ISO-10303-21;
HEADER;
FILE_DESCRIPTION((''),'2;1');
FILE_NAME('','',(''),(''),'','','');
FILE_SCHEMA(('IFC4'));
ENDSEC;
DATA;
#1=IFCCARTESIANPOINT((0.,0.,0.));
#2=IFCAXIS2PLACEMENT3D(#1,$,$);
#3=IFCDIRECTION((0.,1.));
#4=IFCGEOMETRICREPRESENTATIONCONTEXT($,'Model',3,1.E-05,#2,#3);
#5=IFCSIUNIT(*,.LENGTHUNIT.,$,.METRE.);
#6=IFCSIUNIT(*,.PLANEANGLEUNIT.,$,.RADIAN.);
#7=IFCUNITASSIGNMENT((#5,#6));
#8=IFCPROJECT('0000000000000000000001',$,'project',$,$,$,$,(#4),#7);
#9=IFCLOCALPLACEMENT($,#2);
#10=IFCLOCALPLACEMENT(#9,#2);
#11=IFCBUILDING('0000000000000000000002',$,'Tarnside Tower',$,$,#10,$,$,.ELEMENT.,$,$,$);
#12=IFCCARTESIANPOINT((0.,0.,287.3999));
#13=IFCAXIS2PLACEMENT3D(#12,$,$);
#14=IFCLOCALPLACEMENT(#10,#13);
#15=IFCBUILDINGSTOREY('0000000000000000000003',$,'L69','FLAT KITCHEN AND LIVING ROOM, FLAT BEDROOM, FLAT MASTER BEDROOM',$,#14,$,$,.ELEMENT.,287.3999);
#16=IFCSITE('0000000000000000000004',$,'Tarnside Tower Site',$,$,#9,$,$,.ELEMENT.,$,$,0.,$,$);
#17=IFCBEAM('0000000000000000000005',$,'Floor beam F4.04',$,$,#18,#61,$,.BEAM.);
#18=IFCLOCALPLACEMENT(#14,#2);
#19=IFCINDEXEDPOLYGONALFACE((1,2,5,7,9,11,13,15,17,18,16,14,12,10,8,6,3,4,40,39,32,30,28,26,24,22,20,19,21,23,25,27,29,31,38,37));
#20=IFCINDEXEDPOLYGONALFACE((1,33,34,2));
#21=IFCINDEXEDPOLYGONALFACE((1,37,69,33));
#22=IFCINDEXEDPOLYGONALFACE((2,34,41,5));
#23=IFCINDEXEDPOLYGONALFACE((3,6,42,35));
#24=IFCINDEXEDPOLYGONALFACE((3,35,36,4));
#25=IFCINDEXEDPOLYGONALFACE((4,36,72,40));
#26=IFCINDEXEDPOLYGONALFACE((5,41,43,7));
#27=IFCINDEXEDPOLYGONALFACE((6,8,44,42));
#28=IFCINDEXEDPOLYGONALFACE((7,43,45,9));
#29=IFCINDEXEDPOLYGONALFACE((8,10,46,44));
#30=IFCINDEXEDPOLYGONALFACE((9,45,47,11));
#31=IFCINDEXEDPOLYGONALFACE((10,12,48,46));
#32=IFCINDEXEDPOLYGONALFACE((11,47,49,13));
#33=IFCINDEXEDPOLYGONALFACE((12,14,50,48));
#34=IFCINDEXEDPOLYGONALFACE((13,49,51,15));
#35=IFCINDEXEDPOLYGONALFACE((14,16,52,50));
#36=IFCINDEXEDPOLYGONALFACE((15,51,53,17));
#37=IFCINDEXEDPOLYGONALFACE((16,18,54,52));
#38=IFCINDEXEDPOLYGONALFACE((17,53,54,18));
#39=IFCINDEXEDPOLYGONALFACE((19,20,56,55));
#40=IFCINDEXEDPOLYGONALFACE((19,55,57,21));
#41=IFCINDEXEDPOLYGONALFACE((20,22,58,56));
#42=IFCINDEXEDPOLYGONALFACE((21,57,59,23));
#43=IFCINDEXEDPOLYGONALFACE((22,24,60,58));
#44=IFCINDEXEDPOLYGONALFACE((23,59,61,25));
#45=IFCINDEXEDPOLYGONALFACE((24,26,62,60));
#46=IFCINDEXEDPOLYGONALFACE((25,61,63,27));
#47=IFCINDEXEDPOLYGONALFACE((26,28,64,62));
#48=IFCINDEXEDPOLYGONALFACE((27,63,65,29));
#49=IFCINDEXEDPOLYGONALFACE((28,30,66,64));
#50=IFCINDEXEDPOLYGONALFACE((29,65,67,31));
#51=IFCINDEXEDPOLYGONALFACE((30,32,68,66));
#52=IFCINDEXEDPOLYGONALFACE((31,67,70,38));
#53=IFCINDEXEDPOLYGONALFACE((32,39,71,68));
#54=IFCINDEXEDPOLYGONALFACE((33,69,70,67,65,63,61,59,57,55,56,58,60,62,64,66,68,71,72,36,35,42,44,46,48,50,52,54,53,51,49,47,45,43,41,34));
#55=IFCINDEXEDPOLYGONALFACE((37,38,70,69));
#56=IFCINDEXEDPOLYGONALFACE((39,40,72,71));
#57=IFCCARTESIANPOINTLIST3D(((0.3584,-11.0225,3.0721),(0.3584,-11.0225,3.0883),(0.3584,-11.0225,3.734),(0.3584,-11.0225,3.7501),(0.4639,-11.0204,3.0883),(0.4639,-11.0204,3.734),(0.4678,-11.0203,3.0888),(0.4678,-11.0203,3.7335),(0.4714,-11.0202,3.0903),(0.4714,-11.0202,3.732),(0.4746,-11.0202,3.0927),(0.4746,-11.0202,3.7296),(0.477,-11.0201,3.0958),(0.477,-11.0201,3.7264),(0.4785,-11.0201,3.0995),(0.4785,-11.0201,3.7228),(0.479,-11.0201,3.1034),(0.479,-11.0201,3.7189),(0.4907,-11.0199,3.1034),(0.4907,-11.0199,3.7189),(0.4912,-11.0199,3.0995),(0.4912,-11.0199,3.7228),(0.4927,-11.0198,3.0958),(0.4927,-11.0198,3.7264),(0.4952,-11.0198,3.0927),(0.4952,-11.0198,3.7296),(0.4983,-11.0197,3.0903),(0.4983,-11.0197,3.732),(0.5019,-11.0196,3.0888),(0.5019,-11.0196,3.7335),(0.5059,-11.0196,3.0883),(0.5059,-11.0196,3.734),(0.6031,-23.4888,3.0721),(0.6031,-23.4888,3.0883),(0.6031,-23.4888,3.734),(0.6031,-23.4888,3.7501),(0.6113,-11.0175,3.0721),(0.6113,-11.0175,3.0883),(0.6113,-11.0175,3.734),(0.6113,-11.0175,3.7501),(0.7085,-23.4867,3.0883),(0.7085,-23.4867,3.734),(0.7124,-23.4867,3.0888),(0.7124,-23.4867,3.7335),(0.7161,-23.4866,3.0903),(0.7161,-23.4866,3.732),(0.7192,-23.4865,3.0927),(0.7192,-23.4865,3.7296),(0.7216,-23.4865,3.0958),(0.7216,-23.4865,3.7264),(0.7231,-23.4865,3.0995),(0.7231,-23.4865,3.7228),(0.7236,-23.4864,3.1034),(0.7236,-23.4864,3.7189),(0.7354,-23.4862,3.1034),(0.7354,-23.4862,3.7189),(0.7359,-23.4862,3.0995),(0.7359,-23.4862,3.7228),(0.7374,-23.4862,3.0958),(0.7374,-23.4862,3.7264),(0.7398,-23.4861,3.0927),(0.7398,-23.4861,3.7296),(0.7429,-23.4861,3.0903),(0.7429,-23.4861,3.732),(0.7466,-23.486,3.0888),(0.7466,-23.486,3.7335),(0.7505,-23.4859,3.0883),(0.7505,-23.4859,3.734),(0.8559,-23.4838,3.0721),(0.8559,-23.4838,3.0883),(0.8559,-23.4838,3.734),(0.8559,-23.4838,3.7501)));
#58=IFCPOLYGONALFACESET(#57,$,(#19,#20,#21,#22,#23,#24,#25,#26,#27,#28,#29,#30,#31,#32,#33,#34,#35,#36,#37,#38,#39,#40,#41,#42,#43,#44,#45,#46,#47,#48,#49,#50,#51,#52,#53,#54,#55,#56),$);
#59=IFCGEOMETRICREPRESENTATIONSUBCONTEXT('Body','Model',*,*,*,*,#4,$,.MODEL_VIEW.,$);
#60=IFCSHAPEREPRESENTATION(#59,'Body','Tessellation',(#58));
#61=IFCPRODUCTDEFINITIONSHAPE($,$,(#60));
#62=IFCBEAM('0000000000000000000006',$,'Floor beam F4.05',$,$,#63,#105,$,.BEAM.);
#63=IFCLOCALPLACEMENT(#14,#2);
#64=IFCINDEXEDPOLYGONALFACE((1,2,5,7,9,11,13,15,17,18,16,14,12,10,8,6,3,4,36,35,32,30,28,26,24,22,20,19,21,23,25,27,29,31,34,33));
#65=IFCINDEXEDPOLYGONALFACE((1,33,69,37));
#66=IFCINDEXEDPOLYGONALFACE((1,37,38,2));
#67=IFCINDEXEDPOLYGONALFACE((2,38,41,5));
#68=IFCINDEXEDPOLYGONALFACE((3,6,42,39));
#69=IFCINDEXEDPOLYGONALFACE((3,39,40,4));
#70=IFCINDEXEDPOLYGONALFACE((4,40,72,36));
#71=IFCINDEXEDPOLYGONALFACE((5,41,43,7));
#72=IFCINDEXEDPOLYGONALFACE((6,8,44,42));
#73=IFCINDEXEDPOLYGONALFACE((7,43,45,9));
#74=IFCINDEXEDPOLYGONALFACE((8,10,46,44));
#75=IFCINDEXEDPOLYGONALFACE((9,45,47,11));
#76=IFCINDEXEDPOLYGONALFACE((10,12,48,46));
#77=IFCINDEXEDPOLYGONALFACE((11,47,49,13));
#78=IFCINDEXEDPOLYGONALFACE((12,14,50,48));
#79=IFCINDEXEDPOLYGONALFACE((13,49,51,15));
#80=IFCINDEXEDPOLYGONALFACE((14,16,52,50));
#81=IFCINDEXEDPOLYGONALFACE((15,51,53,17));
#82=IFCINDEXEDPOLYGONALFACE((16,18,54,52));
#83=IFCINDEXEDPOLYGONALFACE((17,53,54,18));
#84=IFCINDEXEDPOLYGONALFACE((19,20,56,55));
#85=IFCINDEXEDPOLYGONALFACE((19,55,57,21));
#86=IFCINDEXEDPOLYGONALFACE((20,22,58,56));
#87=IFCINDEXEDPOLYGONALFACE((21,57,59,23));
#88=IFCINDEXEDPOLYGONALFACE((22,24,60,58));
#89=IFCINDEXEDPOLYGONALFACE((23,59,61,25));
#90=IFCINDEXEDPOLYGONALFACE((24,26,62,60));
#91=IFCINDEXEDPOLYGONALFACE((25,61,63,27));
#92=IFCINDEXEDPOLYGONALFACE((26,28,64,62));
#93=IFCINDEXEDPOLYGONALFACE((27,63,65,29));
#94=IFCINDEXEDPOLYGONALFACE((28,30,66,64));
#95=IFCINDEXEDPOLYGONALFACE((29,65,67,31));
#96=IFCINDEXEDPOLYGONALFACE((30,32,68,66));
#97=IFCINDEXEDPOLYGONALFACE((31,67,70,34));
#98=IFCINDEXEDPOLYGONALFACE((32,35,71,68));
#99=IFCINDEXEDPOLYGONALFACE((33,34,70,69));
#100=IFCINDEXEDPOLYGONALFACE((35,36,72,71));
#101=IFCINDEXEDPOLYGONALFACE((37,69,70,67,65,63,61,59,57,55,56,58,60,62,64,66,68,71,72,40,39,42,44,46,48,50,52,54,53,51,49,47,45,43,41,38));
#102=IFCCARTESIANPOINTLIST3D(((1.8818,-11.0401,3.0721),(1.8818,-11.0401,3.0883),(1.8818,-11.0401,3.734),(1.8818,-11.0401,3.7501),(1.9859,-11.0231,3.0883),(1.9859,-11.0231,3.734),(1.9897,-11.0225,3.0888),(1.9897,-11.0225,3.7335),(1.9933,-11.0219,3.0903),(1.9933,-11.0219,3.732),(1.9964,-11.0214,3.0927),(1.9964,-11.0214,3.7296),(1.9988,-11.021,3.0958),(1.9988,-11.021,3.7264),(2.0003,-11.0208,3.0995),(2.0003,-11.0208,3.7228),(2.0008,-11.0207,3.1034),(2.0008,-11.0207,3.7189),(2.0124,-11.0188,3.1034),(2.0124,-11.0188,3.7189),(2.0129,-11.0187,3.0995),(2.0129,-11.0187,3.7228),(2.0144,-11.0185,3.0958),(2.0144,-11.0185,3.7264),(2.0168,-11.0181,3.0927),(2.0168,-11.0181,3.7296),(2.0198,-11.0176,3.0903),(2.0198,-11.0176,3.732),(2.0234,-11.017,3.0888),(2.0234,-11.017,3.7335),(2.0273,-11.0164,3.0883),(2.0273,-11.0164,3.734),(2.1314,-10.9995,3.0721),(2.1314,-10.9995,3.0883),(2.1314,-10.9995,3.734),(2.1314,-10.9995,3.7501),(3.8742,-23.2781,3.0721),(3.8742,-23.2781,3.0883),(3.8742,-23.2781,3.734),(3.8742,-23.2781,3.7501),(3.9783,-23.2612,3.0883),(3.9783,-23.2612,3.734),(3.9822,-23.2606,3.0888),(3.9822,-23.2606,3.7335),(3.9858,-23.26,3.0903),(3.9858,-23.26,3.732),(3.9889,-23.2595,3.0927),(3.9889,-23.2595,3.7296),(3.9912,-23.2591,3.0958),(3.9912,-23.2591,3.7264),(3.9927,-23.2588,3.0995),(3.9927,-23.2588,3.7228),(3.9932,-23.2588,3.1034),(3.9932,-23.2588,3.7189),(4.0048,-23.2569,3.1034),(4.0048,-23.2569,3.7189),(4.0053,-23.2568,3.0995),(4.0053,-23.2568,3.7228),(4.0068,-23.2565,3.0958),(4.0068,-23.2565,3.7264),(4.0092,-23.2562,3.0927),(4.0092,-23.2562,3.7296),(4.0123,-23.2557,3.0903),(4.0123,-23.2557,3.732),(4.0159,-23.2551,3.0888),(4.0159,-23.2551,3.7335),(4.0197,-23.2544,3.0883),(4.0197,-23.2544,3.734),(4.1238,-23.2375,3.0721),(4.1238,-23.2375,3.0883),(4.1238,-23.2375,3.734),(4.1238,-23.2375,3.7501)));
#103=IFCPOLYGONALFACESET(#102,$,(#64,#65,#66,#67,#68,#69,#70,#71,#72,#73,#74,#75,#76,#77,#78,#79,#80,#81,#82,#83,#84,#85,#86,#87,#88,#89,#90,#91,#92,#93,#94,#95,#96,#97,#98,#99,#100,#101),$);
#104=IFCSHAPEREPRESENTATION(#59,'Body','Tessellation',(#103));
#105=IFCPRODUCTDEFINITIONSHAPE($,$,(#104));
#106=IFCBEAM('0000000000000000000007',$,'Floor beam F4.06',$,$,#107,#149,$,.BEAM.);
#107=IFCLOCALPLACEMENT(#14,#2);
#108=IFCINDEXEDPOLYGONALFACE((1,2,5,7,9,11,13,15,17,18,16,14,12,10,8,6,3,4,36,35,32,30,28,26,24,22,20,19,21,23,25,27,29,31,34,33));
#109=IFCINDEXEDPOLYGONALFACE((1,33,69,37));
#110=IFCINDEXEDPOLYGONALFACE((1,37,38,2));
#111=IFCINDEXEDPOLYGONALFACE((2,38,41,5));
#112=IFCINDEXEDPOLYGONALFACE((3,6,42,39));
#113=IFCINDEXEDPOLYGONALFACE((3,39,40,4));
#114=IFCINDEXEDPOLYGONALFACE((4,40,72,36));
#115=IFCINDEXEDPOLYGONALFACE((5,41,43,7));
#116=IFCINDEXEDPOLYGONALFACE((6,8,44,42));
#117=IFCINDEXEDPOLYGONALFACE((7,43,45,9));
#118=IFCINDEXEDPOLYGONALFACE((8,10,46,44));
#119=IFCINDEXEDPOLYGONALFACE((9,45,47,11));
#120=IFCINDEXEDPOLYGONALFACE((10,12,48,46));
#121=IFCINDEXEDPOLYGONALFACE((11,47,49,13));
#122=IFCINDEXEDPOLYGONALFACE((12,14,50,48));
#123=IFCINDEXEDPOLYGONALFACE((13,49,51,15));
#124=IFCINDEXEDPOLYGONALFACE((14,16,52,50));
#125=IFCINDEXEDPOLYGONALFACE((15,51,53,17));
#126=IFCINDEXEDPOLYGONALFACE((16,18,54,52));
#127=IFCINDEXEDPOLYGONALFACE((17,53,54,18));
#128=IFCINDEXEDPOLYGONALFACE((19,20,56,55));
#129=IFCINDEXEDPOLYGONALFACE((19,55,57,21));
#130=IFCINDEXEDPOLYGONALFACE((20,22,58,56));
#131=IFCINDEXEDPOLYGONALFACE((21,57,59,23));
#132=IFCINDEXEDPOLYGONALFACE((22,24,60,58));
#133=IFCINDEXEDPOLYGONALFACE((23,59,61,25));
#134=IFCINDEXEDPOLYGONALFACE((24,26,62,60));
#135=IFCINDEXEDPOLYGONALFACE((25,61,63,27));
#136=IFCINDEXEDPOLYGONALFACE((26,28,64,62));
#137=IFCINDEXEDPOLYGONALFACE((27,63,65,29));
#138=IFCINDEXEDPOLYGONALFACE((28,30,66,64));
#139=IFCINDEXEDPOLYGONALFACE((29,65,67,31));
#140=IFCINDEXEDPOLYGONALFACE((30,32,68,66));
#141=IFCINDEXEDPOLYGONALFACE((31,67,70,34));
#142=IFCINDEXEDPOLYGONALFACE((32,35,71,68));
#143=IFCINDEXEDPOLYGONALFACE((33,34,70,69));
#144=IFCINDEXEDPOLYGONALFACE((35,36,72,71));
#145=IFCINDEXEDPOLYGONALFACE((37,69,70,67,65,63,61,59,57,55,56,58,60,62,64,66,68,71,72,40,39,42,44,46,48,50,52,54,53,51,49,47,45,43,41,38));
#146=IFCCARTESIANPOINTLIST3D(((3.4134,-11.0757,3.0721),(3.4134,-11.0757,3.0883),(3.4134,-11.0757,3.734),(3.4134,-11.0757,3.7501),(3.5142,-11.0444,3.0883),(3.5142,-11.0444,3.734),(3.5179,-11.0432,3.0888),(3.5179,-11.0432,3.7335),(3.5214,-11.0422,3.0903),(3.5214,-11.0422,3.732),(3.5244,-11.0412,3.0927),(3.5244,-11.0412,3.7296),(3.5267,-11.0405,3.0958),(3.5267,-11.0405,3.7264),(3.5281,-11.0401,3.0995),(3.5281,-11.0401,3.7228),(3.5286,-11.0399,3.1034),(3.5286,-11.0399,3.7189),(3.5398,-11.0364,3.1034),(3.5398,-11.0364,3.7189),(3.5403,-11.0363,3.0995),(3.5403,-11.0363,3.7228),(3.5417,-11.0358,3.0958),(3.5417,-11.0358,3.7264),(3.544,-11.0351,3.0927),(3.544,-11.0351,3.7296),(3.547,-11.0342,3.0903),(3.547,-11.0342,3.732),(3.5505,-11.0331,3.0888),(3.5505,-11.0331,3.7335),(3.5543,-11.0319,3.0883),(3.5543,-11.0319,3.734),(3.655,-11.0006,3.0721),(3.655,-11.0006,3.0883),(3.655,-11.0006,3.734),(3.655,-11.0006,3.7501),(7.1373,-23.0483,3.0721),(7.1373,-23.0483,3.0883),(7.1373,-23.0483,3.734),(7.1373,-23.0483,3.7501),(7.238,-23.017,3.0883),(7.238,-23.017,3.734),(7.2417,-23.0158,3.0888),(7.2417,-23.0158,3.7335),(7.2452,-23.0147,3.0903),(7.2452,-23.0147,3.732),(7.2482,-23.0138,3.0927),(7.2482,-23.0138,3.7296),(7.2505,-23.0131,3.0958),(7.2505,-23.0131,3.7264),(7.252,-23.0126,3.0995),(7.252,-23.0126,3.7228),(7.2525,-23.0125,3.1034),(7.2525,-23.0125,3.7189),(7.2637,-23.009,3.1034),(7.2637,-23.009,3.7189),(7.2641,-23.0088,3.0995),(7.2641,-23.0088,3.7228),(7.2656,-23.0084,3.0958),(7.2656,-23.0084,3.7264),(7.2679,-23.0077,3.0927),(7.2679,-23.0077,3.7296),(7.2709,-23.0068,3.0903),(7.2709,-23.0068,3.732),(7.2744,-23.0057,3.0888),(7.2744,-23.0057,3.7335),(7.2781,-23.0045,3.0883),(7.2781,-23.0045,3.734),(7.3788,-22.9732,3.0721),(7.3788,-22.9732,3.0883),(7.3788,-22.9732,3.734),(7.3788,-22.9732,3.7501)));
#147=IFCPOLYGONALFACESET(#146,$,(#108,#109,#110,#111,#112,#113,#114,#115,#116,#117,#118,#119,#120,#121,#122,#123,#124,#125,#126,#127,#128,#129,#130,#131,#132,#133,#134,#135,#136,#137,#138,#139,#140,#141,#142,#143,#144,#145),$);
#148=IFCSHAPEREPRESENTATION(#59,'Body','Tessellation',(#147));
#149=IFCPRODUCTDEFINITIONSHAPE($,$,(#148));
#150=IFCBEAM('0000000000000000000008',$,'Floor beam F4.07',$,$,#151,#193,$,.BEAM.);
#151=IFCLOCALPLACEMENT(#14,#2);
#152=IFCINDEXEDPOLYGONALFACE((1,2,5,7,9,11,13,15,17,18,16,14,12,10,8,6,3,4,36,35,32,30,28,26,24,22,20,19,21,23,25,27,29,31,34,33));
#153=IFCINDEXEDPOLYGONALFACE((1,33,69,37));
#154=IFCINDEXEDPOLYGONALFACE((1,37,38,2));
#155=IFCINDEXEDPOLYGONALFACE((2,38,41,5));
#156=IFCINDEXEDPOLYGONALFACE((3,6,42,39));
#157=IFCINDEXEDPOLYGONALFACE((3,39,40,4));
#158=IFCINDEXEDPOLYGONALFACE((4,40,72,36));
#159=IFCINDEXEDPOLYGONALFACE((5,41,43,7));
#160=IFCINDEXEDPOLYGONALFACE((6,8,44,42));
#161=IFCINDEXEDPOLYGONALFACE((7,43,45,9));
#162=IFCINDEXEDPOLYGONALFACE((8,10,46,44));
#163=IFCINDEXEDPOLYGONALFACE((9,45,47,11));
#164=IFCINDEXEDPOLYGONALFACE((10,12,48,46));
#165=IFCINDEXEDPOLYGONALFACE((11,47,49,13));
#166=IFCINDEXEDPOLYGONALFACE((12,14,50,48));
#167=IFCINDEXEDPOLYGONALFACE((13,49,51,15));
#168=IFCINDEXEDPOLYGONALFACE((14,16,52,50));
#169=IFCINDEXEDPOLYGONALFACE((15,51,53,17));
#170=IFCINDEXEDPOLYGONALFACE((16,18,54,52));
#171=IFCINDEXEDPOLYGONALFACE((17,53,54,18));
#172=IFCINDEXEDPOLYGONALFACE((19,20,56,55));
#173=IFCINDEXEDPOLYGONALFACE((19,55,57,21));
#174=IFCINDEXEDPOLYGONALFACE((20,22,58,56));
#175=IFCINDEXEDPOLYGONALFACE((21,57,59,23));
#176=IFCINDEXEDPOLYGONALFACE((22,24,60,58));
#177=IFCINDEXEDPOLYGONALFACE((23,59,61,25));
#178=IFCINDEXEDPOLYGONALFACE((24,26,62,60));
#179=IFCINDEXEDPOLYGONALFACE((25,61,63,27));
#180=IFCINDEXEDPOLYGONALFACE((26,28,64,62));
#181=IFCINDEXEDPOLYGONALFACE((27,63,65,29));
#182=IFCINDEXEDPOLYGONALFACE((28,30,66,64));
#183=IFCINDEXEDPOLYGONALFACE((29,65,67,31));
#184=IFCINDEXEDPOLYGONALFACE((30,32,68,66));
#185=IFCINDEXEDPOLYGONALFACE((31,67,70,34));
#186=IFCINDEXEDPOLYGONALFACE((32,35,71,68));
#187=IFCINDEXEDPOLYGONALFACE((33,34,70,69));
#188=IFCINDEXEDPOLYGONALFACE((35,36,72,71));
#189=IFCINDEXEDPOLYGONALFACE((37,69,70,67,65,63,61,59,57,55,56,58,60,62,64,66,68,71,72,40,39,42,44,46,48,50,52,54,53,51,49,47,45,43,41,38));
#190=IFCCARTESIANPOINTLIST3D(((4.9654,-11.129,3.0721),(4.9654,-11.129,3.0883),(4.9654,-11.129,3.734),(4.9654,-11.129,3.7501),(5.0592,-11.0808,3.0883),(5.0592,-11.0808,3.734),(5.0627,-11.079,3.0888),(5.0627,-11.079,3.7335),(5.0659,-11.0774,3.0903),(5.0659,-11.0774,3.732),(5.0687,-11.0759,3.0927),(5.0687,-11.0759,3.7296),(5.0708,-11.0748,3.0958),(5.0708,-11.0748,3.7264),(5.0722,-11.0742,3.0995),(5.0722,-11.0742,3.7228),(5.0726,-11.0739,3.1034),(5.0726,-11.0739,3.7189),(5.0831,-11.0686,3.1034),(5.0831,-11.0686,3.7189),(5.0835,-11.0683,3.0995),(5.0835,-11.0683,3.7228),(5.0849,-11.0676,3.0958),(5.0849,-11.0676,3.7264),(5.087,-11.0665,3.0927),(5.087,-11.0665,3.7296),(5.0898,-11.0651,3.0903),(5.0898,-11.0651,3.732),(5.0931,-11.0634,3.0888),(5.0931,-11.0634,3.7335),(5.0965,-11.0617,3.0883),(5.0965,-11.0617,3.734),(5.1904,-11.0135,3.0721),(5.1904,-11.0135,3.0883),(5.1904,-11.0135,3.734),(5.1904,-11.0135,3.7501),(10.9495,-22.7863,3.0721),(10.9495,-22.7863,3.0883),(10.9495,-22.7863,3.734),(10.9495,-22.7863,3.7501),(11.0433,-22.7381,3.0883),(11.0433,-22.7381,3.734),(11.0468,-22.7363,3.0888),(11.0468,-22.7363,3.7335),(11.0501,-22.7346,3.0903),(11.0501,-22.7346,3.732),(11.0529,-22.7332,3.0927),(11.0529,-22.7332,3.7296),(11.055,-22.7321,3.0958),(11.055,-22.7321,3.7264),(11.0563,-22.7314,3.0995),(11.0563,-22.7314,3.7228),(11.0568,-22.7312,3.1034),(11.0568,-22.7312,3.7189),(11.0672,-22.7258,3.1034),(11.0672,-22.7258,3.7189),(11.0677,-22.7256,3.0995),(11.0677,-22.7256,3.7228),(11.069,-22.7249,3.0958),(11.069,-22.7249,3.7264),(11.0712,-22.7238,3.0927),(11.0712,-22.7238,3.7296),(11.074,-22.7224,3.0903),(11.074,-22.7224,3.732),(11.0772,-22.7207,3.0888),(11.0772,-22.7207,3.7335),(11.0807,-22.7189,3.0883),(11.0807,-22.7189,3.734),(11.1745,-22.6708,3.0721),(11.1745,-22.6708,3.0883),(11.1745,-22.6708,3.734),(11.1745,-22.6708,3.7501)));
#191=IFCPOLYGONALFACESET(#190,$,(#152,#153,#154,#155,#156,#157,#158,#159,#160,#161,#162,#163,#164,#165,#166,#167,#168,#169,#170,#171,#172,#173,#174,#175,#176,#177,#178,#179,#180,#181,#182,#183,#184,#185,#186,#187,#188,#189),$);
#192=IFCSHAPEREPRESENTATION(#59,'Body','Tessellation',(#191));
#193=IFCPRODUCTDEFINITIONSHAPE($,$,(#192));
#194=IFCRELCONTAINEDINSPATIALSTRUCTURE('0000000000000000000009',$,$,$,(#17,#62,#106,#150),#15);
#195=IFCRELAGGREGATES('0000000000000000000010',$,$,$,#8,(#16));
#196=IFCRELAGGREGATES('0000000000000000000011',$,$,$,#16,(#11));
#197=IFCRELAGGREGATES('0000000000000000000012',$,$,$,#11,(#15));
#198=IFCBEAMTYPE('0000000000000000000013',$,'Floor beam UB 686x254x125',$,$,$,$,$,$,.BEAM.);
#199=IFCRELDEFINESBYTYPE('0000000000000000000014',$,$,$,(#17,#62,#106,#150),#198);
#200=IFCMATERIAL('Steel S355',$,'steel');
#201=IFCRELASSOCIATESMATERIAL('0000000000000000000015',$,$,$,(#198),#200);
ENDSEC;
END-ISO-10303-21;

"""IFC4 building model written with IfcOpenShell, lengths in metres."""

from ifc_helpers import new_model, si_unit, direction, frame, origin, origin_2d, place, context, subcontext, project, spatial, i_section, extrude, material, material_profile, profile_set, type_object, element, save


model = new_model("IFC4")

# Units and contexts
model_context = context("Model", 3, precision=1e-05, world=origin(), true_north=direction((0.0, 1.0)))
body_context = subcontext(model_context, "Body", "Model", "MODEL_VIEW")
ifc_project = project(units=[si_unit("LENGTHUNIT", "METRE"), si_unit("PLANEANGLEUNIT", "RADIAN")], contexts=[model_context])

# Site, building, storey
site_placement = place(None, origin())
site = spatial("IfcSite", under=ifc_project, at=site_placement, Name="Tarnside Tower Site", CompositionType="ELEMENT", RefElevation=0.0)
building_placement = place(site_placement, origin())
building = spatial("IfcBuilding", under=site, at=building_placement, Name="Tarnside Tower", CompositionType="ELEMENT")
storey_placement = place(building_placement, frame((0.0, 0.0, 287.3999)))
storey = spatial("IfcBuildingStorey", under=building, at=storey_placement, Name="L69", Description="FLAT KITCHEN AND LIVING ROOM, FLAT BEDROOM, FLAT MASTER BEDROOM", CompositionType="ELEMENT", Elevation=287.3999)

# Beams
ifc_material_1 = material(Name="Steel S355", Category="steel")
ifc_material_profile = material_profile(ifc_material_1, i_section(OverallWidth=0.2529, OverallDepth=0.678, WebThickness=0.0117, FlangeThickness=0.0161, FilletRadius=0.0151, at=origin_2d()), Name="UB 686x254x125")
ifc_profile_set = profile_set([ifc_material_profile], Name="Steel S355")
beam_type = type_object("IfcBeamType", Name="Floor beam UB 686x254x125", PredefinedType="BEAM", material=ifc_profile_set)
beam_1_placement = place(storey_placement, frame((0.7295, -23.4863, 3.4111), z_axis=(-0.019619, 0.999808, 0.0), x_axis=(-0.999808, -0.019619, 0.0)))
element("IfcBeam", 1, at=beam_1_placement, inside=storey, type_object=beam_type, Name="Floor beam F4.04", PredefinedType="BEAM", context=body_context, shape_type="SweptSolid", body=[
    extrude(i_section(OverallWidth=0.2529, OverallDepth=0.678, WebThickness=0.0117, FlangeThickness=0.0161, FilletRadius=0.0151, at=origin_2d()), origin(), (0.0, 0.0, 1.0), 12.4688),
])
beam_2_placement = place(storey_placement, frame((3.999, -23.2578, 3.4111), z_axis=(-0.160691, 0.987005, 0.0), x_axis=(-0.987005, -0.160691, 0.0)))
element("IfcBeam", 2, at=beam_2_placement, inside=storey, type_object=beam_type, Name="Floor beam F4.05", PredefinedType="BEAM", context=body_context, shape_type="SweptSolid", body=[
    extrude(i_section(OverallWidth=0.2529, OverallDepth=0.678, WebThickness=0.0117, FlangeThickness=0.0161, FilletRadius=0.0151, at=origin_2d()), origin(), (0.0, 0.0, 1.0), 12.3992),
])
beam_3_placement = place(storey_placement, frame((7.2581, -23.0107, 3.4111), z_axis=(-0.296998, 0.954878, 0.0), x_axis=(-0.954878, -0.296998, 0.0)))
element("IfcBeam", 3, at=beam_3_placement, inside=storey, type_object=beam_type, Name="Floor beam F4.06", PredefinedType="BEAM", context=body_context, shape_type="SweptSolid", body=[
    extrude(i_section(OverallWidth=0.2529, OverallDepth=0.678, WebThickness=0.0117, FlangeThickness=0.0161, FilletRadius=0.0151, at=origin_2d()), origin(), (0.0, 0.0, 1.0), 12.5383),
])
beam_4_placement = place(storey_placement, frame((11.062, -22.7285, 3.4111), z_axis=(-0.456683, 0.889629, 0.0), x_axis=(-0.889629, -0.456683, 0.0)))
element("IfcBeam", 4, at=beam_4_placement, inside=storey, type_object=beam_type, Name="Floor beam F4.07", PredefinedType="BEAM", context=body_context, shape_type="SweptSolid", body=[
    extrude(i_section(OverallWidth=0.2529, OverallDepth=0.678, WebThickness=0.0117, FlangeThickness=0.0161, FilletRadius=0.0151, at=origin_2d()), origin(), (0.0, 0.0, 1.0), 13.1035),
])

save(model, "model.ifc")
